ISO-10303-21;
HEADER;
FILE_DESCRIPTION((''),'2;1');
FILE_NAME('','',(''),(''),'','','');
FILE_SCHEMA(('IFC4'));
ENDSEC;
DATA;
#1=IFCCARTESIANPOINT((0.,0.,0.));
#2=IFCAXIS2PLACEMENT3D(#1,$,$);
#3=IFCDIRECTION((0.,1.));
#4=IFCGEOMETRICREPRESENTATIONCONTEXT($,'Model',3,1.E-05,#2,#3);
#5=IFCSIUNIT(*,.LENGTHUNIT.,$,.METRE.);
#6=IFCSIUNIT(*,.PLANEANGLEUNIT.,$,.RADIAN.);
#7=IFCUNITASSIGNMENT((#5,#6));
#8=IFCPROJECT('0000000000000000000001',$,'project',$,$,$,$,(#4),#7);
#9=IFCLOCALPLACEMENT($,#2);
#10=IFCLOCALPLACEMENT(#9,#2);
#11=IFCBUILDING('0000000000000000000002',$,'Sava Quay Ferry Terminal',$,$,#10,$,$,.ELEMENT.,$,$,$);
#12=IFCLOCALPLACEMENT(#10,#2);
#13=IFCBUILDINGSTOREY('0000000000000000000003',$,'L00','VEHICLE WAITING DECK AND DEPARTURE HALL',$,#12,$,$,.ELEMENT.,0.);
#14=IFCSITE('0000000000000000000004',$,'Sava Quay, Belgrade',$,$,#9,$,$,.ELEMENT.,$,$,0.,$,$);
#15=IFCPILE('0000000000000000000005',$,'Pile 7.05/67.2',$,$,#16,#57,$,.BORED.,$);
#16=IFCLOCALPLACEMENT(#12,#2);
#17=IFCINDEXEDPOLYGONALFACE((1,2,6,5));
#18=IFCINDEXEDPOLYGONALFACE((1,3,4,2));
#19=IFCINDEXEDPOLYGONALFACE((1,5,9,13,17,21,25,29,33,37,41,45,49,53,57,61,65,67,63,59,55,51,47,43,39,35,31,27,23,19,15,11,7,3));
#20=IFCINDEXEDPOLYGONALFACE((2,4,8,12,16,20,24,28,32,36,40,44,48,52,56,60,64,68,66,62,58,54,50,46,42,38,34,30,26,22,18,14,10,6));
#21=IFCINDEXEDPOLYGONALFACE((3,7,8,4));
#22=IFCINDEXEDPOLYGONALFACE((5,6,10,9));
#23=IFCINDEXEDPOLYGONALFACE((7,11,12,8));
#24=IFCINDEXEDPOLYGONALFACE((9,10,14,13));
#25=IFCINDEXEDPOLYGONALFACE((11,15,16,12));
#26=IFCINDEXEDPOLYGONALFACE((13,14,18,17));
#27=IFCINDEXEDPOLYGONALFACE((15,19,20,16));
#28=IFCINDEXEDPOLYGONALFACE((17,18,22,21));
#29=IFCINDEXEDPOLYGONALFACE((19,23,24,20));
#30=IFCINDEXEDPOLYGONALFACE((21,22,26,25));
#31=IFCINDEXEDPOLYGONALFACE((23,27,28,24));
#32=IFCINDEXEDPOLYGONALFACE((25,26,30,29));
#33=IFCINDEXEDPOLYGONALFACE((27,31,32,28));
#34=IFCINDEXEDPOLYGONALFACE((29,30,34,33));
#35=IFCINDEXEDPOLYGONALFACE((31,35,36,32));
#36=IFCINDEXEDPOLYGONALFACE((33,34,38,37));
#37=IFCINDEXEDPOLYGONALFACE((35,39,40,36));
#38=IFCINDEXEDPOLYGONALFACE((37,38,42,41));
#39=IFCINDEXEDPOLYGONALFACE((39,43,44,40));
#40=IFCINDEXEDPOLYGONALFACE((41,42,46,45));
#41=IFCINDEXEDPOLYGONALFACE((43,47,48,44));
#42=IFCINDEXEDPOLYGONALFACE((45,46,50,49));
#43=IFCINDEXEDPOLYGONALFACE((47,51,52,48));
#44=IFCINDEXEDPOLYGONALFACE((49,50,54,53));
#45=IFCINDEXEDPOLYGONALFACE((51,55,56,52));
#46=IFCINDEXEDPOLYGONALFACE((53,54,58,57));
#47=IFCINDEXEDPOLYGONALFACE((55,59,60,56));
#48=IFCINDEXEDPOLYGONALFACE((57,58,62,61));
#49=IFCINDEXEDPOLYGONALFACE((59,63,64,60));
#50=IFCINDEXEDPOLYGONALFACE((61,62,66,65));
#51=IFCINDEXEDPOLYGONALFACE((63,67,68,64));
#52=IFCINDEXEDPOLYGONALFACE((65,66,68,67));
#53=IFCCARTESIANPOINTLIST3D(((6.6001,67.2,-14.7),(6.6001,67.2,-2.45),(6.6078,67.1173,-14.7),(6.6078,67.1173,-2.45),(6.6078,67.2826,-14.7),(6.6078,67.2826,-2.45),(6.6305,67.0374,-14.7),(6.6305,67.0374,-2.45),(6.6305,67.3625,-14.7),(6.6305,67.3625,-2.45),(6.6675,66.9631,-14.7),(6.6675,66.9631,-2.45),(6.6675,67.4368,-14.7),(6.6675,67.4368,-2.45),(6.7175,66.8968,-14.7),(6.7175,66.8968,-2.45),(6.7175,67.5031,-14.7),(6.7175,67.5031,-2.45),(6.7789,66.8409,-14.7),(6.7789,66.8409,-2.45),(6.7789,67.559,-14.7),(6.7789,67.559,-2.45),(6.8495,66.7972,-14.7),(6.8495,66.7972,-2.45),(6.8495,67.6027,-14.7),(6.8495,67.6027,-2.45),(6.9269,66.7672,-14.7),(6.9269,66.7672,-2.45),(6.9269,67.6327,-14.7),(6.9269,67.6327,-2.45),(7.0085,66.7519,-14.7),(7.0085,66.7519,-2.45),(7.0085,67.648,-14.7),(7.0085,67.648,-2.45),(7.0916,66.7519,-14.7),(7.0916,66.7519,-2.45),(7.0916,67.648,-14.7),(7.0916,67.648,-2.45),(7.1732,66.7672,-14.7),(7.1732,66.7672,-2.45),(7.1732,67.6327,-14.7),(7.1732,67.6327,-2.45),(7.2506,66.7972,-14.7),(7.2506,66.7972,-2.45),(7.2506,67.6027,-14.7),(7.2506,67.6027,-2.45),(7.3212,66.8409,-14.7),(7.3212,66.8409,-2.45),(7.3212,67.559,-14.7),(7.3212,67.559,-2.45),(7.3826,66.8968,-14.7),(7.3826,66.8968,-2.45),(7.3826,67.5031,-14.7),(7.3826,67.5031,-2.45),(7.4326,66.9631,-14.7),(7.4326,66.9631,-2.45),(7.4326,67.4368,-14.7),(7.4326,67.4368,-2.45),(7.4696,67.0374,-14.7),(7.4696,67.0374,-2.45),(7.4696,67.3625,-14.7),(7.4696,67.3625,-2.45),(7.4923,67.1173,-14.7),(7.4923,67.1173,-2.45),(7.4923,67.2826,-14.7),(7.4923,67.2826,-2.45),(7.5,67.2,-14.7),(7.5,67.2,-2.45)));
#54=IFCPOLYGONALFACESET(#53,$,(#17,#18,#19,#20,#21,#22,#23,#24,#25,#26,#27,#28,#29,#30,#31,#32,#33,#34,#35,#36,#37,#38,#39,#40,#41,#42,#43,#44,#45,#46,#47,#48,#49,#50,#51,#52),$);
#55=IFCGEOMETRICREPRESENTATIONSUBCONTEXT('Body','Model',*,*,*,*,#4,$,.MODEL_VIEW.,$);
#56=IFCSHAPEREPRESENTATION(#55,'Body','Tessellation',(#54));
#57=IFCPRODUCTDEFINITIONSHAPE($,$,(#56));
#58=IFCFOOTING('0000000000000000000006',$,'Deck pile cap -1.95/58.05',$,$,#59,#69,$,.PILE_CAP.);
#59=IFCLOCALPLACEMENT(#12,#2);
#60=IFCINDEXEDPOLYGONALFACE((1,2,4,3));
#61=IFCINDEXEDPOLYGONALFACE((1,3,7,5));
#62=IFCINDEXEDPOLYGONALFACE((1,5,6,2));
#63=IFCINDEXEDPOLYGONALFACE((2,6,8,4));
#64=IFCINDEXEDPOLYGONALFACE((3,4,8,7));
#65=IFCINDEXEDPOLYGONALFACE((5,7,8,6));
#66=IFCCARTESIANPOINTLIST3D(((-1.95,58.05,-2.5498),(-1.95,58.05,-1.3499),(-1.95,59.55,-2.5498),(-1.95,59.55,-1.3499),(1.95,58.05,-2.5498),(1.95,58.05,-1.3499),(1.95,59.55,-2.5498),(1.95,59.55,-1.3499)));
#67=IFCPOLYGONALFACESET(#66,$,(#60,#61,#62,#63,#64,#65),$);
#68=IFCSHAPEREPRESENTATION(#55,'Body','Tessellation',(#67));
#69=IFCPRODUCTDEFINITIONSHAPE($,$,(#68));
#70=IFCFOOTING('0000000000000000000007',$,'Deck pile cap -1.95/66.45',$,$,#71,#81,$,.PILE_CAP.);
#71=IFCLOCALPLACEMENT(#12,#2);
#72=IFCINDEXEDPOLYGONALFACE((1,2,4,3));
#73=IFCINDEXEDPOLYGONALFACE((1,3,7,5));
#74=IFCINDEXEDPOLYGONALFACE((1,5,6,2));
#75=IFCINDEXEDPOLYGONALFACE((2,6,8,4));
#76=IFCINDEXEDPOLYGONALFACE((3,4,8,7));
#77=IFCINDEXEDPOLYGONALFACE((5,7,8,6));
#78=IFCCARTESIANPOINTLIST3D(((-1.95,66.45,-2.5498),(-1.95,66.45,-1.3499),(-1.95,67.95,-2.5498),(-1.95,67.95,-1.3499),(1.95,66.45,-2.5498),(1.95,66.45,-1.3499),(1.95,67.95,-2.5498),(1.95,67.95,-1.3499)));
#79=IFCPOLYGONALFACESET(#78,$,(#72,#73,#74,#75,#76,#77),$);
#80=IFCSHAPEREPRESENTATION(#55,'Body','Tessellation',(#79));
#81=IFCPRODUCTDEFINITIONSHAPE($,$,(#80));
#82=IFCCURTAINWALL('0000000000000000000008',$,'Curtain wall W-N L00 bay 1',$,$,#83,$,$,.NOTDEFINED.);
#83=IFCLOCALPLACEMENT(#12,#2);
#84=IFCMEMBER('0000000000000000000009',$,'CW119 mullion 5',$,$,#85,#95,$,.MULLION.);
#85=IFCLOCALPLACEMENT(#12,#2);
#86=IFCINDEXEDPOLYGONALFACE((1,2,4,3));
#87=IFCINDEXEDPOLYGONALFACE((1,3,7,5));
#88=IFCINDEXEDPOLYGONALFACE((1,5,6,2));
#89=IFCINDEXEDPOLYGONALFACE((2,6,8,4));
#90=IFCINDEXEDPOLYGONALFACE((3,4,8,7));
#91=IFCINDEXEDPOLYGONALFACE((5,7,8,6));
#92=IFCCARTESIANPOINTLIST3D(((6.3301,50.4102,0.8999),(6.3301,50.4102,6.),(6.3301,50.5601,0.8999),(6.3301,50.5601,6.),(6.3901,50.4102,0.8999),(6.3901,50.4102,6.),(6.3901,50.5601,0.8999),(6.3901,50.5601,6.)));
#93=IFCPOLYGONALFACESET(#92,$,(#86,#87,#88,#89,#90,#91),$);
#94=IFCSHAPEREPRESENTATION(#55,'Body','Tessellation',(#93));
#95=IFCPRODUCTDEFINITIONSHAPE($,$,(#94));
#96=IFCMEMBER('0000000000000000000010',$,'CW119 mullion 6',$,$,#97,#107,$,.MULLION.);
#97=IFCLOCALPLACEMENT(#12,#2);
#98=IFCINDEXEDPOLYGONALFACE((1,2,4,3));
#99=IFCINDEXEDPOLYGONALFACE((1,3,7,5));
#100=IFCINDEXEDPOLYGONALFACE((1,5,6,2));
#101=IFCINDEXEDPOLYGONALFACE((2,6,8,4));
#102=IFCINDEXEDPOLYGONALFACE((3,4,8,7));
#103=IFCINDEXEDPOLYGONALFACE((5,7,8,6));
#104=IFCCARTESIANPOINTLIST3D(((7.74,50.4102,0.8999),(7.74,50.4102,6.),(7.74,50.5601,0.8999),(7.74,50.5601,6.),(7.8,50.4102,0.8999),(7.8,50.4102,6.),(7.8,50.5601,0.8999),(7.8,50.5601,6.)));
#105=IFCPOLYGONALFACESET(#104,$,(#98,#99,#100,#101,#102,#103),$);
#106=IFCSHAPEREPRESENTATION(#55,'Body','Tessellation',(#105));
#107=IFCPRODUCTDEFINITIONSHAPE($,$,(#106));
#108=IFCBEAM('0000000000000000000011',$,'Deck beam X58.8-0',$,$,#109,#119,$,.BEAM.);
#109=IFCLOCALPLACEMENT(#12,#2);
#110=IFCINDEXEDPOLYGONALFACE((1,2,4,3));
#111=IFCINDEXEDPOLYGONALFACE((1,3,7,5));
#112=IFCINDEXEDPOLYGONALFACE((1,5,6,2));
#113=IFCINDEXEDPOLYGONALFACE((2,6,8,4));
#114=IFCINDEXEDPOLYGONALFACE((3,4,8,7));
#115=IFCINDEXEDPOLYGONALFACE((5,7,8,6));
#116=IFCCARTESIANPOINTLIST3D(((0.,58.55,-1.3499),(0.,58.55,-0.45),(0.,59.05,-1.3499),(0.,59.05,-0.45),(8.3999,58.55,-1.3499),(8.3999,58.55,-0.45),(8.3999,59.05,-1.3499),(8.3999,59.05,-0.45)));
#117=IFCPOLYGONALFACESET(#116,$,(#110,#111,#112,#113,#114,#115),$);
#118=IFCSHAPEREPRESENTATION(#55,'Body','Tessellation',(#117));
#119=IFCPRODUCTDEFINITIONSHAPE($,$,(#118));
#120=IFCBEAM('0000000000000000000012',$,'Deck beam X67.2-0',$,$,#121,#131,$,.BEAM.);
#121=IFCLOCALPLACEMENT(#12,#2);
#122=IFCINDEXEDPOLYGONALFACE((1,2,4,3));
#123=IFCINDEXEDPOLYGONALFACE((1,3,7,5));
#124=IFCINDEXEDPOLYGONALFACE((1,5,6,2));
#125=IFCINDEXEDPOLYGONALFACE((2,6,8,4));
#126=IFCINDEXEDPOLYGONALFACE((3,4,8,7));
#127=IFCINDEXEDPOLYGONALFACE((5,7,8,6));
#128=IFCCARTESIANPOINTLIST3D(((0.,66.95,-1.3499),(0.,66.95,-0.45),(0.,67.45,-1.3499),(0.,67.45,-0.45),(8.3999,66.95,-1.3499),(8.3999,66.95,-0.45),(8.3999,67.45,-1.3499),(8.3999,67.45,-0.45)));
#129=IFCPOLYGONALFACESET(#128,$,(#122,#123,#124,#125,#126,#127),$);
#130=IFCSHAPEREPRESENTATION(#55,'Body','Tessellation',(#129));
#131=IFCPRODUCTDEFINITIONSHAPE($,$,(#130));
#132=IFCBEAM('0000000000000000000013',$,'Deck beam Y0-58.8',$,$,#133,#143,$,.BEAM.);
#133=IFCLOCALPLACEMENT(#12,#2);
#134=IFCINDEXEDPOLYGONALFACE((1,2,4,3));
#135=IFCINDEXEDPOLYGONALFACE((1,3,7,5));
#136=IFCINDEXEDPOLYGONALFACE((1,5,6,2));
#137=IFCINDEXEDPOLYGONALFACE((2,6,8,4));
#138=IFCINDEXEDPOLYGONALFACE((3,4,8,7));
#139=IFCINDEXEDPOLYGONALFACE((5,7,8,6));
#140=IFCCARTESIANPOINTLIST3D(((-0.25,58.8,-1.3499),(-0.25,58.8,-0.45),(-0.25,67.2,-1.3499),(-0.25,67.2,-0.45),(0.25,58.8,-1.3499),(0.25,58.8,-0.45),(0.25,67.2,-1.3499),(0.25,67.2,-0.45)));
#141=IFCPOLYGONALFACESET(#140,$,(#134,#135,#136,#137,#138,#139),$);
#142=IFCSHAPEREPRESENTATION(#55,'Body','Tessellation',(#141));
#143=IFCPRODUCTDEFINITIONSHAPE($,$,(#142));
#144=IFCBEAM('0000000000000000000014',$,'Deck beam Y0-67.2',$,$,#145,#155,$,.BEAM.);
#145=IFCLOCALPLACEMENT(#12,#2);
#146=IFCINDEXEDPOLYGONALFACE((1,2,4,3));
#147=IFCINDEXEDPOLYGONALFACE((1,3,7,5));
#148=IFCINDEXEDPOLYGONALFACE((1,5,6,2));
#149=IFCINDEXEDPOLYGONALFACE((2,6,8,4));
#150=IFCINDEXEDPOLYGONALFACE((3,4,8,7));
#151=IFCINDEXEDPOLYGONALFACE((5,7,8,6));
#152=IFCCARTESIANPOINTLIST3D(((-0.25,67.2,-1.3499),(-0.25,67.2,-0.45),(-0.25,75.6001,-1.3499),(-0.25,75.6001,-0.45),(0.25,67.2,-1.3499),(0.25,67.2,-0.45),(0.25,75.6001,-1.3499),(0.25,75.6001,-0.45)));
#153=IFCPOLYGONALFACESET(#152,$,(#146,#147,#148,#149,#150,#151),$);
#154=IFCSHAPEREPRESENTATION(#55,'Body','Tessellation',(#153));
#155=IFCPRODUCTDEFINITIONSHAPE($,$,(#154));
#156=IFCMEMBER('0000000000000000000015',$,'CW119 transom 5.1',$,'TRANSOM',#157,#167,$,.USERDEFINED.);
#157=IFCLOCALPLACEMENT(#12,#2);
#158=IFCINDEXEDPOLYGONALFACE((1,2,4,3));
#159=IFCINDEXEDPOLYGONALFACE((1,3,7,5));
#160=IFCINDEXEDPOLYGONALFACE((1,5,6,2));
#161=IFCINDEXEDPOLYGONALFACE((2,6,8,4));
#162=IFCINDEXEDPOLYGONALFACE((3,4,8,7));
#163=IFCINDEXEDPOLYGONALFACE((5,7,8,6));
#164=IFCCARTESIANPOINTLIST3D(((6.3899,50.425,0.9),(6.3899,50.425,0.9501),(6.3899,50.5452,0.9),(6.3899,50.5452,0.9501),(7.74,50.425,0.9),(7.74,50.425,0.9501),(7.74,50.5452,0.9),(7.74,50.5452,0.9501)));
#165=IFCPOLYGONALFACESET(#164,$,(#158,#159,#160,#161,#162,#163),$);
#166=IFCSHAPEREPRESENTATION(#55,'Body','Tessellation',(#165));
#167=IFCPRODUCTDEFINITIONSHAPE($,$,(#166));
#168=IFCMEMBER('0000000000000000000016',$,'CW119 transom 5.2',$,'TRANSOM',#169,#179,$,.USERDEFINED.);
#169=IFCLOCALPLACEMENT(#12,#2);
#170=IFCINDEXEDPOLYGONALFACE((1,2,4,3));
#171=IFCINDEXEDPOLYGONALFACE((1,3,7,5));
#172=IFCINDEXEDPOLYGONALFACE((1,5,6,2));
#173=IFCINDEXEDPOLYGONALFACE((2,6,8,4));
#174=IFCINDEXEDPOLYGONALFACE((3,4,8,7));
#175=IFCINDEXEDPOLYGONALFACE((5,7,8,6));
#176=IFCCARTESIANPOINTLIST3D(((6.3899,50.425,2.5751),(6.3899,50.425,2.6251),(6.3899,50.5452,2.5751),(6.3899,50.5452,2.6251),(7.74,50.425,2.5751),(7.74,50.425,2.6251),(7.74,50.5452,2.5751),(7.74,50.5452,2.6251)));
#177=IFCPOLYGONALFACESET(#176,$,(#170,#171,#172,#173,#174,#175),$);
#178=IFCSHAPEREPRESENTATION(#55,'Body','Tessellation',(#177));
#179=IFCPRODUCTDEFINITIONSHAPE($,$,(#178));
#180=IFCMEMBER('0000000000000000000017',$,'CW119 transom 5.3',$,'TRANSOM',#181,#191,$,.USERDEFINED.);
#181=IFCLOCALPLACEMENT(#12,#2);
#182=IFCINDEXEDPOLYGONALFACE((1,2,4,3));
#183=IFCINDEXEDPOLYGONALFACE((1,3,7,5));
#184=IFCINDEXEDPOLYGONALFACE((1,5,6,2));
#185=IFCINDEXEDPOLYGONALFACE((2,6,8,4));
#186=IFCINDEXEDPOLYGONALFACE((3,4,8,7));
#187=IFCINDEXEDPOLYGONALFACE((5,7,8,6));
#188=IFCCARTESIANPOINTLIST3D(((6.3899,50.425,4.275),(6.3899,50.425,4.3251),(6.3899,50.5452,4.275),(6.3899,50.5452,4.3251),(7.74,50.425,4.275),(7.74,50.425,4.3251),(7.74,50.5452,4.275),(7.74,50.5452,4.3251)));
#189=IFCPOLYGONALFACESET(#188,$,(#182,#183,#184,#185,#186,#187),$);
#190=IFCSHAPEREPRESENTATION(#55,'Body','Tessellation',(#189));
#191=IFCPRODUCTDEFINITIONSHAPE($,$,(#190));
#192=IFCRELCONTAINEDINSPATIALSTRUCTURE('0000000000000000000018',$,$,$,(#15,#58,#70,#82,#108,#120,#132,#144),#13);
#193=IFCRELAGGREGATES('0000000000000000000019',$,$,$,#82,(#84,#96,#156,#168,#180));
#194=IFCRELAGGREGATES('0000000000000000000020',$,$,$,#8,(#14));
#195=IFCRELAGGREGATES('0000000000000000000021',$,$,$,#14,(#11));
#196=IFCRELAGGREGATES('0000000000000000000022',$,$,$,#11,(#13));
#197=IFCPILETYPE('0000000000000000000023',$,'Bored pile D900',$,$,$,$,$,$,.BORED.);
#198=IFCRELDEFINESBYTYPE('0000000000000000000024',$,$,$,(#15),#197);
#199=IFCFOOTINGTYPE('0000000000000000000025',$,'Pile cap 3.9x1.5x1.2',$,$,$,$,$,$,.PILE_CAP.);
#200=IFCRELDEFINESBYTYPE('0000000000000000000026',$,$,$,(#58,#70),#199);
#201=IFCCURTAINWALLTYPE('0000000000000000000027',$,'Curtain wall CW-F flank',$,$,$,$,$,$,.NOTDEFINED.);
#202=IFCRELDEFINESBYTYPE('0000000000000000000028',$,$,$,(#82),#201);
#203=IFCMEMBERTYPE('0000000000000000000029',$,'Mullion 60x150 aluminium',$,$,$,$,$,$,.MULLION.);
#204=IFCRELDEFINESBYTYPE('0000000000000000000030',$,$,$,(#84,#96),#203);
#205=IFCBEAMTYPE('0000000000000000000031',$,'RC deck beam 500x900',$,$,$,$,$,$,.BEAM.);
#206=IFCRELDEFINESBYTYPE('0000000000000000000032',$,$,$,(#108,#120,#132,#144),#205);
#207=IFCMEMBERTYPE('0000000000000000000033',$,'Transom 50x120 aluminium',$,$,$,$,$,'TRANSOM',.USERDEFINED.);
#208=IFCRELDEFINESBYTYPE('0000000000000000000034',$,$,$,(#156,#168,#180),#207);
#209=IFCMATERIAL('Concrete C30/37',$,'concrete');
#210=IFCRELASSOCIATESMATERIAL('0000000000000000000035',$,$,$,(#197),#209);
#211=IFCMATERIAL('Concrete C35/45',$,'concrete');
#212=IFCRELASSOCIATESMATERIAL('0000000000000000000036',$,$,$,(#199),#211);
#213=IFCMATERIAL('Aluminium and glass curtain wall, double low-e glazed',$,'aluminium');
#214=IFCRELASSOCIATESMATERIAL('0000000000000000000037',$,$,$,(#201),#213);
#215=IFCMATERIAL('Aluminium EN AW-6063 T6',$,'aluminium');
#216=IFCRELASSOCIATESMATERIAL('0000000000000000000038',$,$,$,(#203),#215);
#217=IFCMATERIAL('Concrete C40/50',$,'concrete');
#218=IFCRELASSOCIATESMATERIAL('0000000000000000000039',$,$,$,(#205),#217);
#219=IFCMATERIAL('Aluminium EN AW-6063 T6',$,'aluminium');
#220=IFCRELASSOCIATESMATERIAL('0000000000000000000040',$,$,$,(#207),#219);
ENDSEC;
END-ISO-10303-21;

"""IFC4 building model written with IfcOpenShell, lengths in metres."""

from ifc_helpers import new_model, si_unit, direction, frame, origin, origin_2d, place, context, subcontext, project, spatial, rectangle, circle, extrude, material, material_profile, profile_set, type_object, element, aggregate, save


model = new_model("IFC4")

# Units and contexts
model_context = context("Model", 3, precision=1e-05, world=origin(), true_north=direction((0.0, 1.0)))
body_context = subcontext(model_context, "Body", "Model", "MODEL_VIEW")
ifc_project = project(units=[si_unit("LENGTHUNIT", "METRE"), si_unit("PLANEANGLEUNIT", "RADIAN")], contexts=[model_context])

# Site, building, storey
site_placement = place(None, origin())
site = spatial("IfcSite", under=ifc_project, at=site_placement, Name="Sava Quay, Belgrade", CompositionType="ELEMENT", RefElevation=0.0)
building_placement = place(site_placement, origin())
building = spatial("IfcBuilding", under=site, at=building_placement, Name="Sava Quay Ferry Terminal", CompositionType="ELEMENT")
storey_placement = place(building_placement, origin())
storey = spatial("IfcBuildingStorey", under=building, at=storey_placement, Name="L00", Description="VEHICLE WAITING DECK AND DEPARTURE HALL", CompositionType="ELEMENT", Elevation=0.0)

# Pile
ifc_material_1 = material(Name="Concrete C30/37", Category="concrete")
ifc_material_profile_1 = material_profile(ifc_material_1, circle(Radius=0.45, at=origin_2d()), Name="Bored pile D900")
ifc_profile_set_1 = profile_set([ifc_material_profile_1], Name="Concrete C30/37")
pile_type = type_object("IfcPileType", Name="Bored pile D900", PredefinedType="BORED", material=ifc_profile_set_1)
for number, where, z_axis, x_axis, name in (
    (1, (7.05, 67.2, -2.45), (0.0, 0.0, -1.0), (1.0, 0.0, 0.0), "Pile 7.05/67.2"),
):
    element("IfcPile", number, at=place(storey_placement, frame(where, z_axis=z_axis, x_axis=x_axis)), inside=storey, type_object=pile_type, Name=name, PredefinedType="BORED", context=body_context, shape_type="SweptSolid", body=[
        extrude(circle(Radius=0.45, at=origin_2d()), origin(), (0.0, 0.0, 1.0), 12.25),
    ])

# Footings
ifc_material_2 = material(Name="Concrete C35/45", Category="concrete")
footing_type = type_object("IfcFootingType", Name="Pile cap 3.9x1.5x1.2", PredefinedType="PILE_CAP", material=ifc_material_2)
for number, where, z_axis, x_axis, name in (
    (2, (0.0, 58.8, -2.5498), (0.0, 0.0, 1.0), (1.0, 0.0, 0.0), "Deck pile cap -1.95/58.05"),
    (3, (0.0, 67.2, -2.5498), (0.0, 0.0, 1.0), (1.0, 0.0, 0.0), "Deck pile cap -1.95/66.45"),
):
    element("IfcFooting", number, at=place(storey_placement, frame(where, z_axis=z_axis, x_axis=x_axis)), inside=storey, type_object=footing_type, Name=name, PredefinedType="PILE_CAP", context=body_context, shape_type="SweptSolid", body=[
        extrude(rectangle(XDim=3.8999, YDim=1.5, at=origin_2d()), origin(), (0.0, 0.0, 1.0), 1.2),
    ])

# Curtain wall, members
ifc_material_3 = material(Name="Aluminium and glass curtain wall, double low-e glazed", Category="aluminium")
curtain_wall_type = type_object("IfcCurtainWallType", Name="Curtain wall CW-F flank", PredefinedType="NOTDEFINED", material=ifc_material_3)
curtain_wall_placement = place(storey_placement, origin())
curtain_wall = element("IfcCurtainWall", 4, at=curtain_wall_placement, inside=storey, type_object=curtain_wall_type, Name="Curtain wall W-N L00 bay 1", PredefinedType="NOTDEFINED")
ifc_material_4 = material(Name="Aluminium EN AW-6063 T6", Category="aluminium")
ifc_material_profile_2 = material_profile(ifc_material_4, rectangle(XDim=0.1499, YDim=0.0601, at=origin_2d()), Name="Mullion 60x150 aluminium")
ifc_profile_set_2 = profile_set([ifc_material_profile_2], Name="Aluminium EN AW-6063 T6")
member_type_1 = type_object("IfcMemberType", Name="Mullion 60x150 aluminium", PredefinedType="MULLION", material=ifc_profile_set_2)
member_1_placement = place(storey_placement, frame((6.3601, 50.4851, 0.8999), z_axis=(0.0, 0.0, 1.0), x_axis=(0.0, 1.0, 0.0)))
member_1 = element("IfcMember", 5, at=member_1_placement, type_object=member_type_1, Name="CW119 mullion 5", PredefinedType="MULLION", context=body_context, shape_type="SweptSolid", body=[
    extrude(rectangle(XDim=0.1499, YDim=0.0601, at=origin_2d()), origin(), (0.0, 0.0, 1.0), 5.1001),
])
member_2_placement = place(storey_placement, frame((7.77, 50.4851, 0.8999), z_axis=(0.0, 0.0, 1.0), x_axis=(0.0, 1.0, 0.0)))
member_2 = element("IfcMember", 6, at=member_2_placement, type_object=member_type_1, Name="CW119 mullion 6", PredefinedType="MULLION", context=body_context, shape_type="SweptSolid", body=[
    extrude(rectangle(XDim=0.1499, YDim=0.0601, at=origin_2d()), origin(), (0.0, 0.0, 1.0), 5.1001),
])

# Beams
ifc_material_5 = material(Name="Concrete C40/50", Category="concrete")
ifc_material_profile_3 = material_profile(ifc_material_5, rectangle(XDim=0.5, YDim=0.8999, at=origin_2d()), Name="RC 500x900")
ifc_profile_set_3 = profile_set([ifc_material_profile_3], Name="Concrete C40/50")
beam_type = type_object("IfcBeamType", Name="RC deck beam 500x900", PredefinedType="BEAM", material=ifc_profile_set_3)
for number, where, z_axis, x_axis, name in (
    (7, (0.0, 58.8, -0.8999), (1.0, 0.0, 0.0), (0.0, 1.0, 0.0), "Deck beam X58.8-0"),
    (8, (0.0, 67.2, -0.8999), (1.0, 0.0, 0.0), (0.0, 1.0, 0.0), "Deck beam X67.2-0"),
    (9, (0.0, 58.8, -0.8999), (0.0, 1.0, 0.0), (-1.0, 0.0, 0.0), "Deck beam Y0-58.8"),
):
    element("IfcBeam", number, at=place(storey_placement, frame(where, z_axis=z_axis, x_axis=x_axis)), inside=storey, type_object=beam_type, Name=name, PredefinedType="BEAM", context=body_context, shape_type="SweptSolid", body=[
        extrude(rectangle(XDim=0.5, YDim=0.8999, at=origin_2d()), origin(), (0.0, 0.0, 1.0), 8.3999),
    ])
beam_placement = place(storey_placement, frame((0.0, 67.2, -0.8999), z_axis=(0.0, 1.0, 0.0), x_axis=(-1.0, 0.0, 0.0)))
element("IfcBeam", 10, at=beam_placement, inside=storey, type_object=beam_type, Name="Deck beam Y0-67.2", PredefinedType="BEAM", context=body_context, shape_type="SweptSolid", body=[
    extrude(rectangle(XDim=0.5, YDim=0.8999, at=origin_2d()), origin(), (0.0, 0.0, 1.0), 8.4001),
])

# Members
ifc_material_6 = material(Name="Aluminium EN AW-6063 T6", Category="aluminium")
ifc_material_profile_4 = material_profile(ifc_material_6, rectangle(XDim=0.1201, YDim=0.05, at=origin_2d()), Name="Transom 50x120 aluminium")
ifc_profile_set_4 = profile_set([ifc_material_profile_4], Name="Aluminium EN AW-6063 T6")
member_type_2 = type_object("IfcMemberType", Name="Transom 50x120 aluminium", ElementType="TRANSOM", PredefinedType="USERDEFINED", material=ifc_profile_set_4)
member_3_placement = place(storey_placement, frame((6.3899, 50.4851, 0.925), z_axis=(1.0, 0.0, 0.0), x_axis=(0.0, 1.0, 0.0)))
member_3 = element("IfcMember", 11, at=member_3_placement, type_object=member_type_2, Name="CW119 transom 5.1", ObjectType="TRANSOM", PredefinedType="USERDEFINED", context=body_context, shape_type="SweptSolid", body=[
    extrude(rectangle(XDim=0.1201, YDim=0.05, at=origin_2d()), origin(), (0.0, 0.0, 1.0), 1.3501),
])
member_4_placement = place(storey_placement, frame((6.3899, 50.4851, 2.6001), z_axis=(1.0, 0.0, 0.0), x_axis=(0.0, 1.0, 0.0)))
member_4 = element("IfcMember", 12, at=member_4_placement, type_object=member_type_2, Name="CW119 transom 5.2", ObjectType="TRANSOM", PredefinedType="USERDEFINED", context=body_context, shape_type="SweptSolid", body=[
    extrude(rectangle(XDim=0.1201, YDim=0.05, at=origin_2d()), origin(), (0.0, 0.0, 1.0), 1.3501),
])
member_5_placement = place(storey_placement, frame((6.3899, 50.4851, 4.3), z_axis=(1.0, 0.0, 0.0), x_axis=(0.0, 1.0, 0.0)))
member_5 = element("IfcMember", 13, at=member_5_placement, type_object=member_type_2, Name="CW119 transom 5.3", ObjectType="TRANSOM", PredefinedType="USERDEFINED", context=body_context, shape_type="SweptSolid", body=[
    extrude(rectangle(XDim=0.1201, YDim=0.05, at=origin_2d()), origin(), (0.0, 0.0, 1.0), 1.3501),
])

aggregate(curtain_wall, [member_1, member_2, member_3, member_4, member_5])

save(model, "model.ifc")
